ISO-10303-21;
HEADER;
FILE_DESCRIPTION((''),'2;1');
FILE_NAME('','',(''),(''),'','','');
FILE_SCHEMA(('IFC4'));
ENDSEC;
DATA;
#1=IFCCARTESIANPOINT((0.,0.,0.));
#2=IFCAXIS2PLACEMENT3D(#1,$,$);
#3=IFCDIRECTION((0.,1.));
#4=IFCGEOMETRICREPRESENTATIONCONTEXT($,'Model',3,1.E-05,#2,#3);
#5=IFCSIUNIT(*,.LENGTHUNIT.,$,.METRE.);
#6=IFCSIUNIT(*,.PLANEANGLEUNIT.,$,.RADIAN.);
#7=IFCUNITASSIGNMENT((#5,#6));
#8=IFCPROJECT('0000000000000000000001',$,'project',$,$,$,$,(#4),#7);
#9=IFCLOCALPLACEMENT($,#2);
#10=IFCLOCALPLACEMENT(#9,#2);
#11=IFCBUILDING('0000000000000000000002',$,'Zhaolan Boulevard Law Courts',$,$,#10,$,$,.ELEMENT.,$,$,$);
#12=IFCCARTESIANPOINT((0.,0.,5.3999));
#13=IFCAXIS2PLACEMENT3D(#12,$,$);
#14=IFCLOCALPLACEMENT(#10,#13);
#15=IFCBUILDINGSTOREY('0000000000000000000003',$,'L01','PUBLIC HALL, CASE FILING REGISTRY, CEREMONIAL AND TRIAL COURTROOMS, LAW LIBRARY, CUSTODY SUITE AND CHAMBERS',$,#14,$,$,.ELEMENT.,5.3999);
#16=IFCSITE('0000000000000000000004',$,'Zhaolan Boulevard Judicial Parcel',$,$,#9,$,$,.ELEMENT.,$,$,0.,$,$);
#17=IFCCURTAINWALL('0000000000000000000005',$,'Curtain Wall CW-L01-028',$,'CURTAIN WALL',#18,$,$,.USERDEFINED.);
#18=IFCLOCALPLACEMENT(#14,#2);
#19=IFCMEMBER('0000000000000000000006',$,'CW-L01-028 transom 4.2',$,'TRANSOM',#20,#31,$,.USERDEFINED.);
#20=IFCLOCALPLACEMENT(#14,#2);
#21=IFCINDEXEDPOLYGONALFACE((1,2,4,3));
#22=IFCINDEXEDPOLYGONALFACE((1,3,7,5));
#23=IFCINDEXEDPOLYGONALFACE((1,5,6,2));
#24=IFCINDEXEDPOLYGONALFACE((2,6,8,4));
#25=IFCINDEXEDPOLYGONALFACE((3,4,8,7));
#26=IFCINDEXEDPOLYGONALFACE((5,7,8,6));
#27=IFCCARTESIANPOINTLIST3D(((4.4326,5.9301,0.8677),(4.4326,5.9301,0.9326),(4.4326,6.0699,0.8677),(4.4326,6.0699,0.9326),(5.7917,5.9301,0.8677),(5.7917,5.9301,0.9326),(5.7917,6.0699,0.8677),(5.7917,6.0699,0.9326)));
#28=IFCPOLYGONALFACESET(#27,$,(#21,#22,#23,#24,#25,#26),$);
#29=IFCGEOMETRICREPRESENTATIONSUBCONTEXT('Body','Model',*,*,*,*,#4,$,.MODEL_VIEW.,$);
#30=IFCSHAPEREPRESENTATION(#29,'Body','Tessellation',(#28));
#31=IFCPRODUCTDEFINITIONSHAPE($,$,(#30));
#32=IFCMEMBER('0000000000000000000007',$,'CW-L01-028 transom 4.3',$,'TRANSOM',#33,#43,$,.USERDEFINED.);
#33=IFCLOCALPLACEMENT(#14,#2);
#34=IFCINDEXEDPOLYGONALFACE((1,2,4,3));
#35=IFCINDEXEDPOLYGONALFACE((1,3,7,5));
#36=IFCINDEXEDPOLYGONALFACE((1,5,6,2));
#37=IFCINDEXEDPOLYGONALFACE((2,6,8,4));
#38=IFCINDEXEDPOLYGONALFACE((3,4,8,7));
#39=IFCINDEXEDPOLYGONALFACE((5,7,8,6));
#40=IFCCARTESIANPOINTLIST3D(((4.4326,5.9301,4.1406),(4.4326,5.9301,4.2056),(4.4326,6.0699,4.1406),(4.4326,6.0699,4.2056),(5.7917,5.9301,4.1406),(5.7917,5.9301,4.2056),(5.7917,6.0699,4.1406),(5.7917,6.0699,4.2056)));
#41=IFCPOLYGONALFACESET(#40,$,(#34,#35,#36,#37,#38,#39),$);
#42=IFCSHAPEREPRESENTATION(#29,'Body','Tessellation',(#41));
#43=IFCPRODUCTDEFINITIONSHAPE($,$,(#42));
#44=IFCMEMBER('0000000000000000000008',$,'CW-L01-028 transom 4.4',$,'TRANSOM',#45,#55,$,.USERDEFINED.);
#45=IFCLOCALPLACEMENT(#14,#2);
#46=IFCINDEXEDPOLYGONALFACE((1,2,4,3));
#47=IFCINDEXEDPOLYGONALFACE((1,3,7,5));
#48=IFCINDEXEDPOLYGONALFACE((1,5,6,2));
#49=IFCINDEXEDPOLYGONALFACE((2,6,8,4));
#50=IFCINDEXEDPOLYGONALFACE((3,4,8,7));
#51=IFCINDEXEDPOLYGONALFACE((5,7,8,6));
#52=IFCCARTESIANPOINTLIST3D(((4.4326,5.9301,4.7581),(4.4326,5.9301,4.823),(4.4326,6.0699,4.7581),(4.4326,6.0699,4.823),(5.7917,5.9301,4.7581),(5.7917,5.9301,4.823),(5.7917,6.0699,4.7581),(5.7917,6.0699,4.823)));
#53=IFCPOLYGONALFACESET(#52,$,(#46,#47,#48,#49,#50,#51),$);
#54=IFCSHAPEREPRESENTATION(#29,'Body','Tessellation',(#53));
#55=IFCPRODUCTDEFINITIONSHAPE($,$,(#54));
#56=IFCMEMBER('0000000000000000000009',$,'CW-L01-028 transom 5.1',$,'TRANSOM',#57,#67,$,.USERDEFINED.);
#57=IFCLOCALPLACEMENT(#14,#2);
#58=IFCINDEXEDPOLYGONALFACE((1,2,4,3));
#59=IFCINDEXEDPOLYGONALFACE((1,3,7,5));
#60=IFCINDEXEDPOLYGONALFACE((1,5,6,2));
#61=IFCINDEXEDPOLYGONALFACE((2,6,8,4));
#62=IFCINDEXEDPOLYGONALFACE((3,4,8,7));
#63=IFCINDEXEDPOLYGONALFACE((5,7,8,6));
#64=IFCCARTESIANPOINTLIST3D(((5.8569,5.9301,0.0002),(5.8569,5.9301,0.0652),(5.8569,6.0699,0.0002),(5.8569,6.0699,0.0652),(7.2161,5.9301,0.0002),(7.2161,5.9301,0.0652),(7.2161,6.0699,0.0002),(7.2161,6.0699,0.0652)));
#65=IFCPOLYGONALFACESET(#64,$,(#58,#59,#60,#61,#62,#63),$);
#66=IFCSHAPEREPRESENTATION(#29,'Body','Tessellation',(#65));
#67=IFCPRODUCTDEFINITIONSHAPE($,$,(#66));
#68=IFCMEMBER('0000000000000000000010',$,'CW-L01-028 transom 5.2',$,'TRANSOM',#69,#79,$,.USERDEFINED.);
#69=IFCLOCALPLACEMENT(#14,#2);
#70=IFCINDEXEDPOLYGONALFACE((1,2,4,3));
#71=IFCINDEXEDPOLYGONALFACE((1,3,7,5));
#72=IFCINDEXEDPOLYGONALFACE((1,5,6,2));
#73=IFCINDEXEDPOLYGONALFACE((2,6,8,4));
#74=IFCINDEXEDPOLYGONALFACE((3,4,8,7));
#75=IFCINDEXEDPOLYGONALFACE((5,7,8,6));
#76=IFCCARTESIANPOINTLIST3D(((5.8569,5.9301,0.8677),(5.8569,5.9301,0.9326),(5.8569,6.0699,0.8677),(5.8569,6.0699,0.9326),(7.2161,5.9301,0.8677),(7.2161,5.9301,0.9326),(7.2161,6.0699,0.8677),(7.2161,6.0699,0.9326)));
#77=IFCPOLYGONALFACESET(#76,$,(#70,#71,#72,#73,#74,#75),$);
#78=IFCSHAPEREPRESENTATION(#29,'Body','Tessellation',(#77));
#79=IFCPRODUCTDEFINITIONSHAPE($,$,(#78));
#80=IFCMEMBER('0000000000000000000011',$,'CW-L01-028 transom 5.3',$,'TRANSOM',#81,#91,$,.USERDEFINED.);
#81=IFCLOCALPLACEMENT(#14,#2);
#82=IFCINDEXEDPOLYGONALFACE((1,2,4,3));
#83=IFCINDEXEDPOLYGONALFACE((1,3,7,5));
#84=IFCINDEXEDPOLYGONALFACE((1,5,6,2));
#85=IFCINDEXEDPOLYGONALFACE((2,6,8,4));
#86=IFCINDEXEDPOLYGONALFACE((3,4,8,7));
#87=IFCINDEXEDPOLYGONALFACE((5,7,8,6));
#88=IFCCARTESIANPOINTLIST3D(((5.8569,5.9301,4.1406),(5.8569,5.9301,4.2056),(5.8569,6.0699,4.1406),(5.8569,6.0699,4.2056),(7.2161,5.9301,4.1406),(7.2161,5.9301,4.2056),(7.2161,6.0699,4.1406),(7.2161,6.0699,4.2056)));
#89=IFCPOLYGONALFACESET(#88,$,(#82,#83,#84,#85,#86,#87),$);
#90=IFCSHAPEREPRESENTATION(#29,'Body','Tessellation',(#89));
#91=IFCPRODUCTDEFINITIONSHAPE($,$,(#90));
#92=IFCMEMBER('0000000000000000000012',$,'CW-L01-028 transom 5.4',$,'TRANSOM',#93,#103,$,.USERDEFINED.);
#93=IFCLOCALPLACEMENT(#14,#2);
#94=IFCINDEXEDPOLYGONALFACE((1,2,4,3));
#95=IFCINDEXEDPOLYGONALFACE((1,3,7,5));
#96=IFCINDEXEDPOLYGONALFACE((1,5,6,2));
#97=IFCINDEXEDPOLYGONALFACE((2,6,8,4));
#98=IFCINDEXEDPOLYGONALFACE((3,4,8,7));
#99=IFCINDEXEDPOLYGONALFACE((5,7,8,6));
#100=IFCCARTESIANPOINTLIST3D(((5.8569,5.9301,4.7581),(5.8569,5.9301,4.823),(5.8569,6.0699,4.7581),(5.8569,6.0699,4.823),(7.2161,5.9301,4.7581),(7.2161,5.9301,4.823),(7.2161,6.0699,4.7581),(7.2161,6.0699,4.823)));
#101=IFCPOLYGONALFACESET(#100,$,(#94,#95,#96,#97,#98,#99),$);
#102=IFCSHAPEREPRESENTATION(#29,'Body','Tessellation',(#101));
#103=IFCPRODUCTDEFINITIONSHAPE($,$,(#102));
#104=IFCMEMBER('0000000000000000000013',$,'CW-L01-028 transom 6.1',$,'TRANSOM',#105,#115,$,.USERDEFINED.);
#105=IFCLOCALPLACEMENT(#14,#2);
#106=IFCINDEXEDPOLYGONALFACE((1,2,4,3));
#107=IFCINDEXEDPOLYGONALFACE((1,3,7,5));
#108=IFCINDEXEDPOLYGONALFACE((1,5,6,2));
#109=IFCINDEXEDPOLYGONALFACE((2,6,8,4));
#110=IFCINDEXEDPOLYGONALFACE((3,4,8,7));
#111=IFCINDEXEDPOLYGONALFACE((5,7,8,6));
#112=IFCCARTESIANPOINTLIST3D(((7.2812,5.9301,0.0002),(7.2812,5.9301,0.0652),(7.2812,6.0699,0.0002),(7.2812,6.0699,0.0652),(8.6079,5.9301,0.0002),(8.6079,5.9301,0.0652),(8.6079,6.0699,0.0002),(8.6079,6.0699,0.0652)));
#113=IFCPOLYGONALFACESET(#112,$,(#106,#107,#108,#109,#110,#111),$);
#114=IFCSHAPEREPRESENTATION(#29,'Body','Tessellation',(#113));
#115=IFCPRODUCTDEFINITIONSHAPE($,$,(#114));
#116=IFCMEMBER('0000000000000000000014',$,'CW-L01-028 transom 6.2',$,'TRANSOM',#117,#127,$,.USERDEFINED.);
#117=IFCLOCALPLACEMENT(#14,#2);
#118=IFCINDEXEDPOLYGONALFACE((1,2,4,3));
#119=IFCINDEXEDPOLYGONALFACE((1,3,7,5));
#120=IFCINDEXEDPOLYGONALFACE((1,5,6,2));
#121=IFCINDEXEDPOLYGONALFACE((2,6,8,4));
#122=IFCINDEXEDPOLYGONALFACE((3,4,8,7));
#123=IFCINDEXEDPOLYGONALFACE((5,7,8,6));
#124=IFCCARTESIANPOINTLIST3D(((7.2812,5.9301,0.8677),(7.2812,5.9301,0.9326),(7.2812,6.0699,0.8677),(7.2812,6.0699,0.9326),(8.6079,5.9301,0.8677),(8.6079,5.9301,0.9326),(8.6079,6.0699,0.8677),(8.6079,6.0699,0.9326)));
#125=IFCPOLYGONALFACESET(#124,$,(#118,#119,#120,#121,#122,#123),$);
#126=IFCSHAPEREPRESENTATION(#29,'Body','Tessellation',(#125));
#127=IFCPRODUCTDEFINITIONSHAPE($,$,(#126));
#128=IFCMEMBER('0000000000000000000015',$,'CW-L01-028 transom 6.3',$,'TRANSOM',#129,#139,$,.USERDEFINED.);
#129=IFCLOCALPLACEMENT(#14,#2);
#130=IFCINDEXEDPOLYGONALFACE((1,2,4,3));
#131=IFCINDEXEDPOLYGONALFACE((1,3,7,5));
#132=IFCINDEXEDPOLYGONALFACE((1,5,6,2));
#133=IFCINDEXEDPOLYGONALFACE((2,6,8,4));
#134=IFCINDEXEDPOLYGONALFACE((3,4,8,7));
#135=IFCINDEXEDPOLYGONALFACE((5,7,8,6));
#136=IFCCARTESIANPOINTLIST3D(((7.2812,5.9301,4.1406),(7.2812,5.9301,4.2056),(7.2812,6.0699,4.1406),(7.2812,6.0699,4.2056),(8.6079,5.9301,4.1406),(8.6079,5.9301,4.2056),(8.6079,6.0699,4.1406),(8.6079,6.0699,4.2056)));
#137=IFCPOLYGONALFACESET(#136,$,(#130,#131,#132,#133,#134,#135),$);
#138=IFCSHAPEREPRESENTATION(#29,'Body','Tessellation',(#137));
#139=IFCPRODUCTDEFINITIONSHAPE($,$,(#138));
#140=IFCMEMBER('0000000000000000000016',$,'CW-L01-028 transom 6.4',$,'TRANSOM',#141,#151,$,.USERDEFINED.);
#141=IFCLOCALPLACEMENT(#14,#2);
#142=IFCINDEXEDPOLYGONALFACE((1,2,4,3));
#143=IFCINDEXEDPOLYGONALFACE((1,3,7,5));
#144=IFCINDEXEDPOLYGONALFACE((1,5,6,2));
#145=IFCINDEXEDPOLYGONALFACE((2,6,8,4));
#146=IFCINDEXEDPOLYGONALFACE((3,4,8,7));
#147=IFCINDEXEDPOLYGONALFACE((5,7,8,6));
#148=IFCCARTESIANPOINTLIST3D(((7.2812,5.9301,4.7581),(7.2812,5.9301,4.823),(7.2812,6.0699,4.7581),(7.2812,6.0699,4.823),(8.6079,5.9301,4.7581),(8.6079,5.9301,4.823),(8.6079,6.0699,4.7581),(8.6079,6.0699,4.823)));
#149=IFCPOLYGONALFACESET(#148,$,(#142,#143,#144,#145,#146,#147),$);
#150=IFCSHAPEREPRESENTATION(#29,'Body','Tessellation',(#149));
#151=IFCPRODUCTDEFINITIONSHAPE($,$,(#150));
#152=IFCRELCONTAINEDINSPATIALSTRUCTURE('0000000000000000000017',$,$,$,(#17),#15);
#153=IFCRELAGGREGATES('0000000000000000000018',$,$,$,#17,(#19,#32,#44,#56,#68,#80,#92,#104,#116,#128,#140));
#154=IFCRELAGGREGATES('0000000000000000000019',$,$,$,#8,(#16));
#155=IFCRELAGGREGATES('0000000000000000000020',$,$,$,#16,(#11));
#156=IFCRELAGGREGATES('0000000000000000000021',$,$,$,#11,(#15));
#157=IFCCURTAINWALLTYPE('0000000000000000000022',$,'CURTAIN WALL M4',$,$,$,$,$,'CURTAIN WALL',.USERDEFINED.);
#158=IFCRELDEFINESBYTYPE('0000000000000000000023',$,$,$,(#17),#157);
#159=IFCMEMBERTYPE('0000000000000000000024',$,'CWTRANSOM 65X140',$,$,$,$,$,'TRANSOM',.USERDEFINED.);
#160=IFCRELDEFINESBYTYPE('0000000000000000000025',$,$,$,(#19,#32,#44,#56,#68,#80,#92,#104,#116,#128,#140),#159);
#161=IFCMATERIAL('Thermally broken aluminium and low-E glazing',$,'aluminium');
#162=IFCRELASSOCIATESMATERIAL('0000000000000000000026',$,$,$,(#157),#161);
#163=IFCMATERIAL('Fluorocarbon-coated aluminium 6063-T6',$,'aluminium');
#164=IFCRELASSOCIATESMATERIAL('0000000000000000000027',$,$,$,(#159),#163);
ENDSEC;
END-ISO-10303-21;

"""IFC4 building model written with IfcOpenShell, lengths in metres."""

from ifc_helpers import new_model, si_unit, direction, frame, origin, origin_2d, place, context, subcontext, project, spatial, rectangle, extrude, material, material_profile, profile_set, type_object, element, aggregate, save


model = new_model("IFC4")

# Units and contexts
model_context = context("Model", 3, precision=1e-05, world=origin(), true_north=direction((0.0, 1.0)))
body_context = subcontext(model_context, "Body", "Model", "MODEL_VIEW")
ifc_project = project(units=[si_unit("LENGTHUNIT", "METRE"), si_unit("PLANEANGLEUNIT", "RADIAN")], contexts=[model_context])

# Site, building, storey
site_placement = place(None, origin())
site = spatial("IfcSite", under=ifc_project, at=site_placement, Name="Zhaolan Boulevard Judicial Parcel", CompositionType="ELEMENT", RefElevation=0.0)
building_placement = place(site_placement, origin())
building = spatial("IfcBuilding", under=site, at=building_placement, Name="Zhaolan Boulevard Law Courts", CompositionType="ELEMENT")
storey_placement = place(building_placement, frame((0.0, 0.0, 5.3999)))
storey = spatial("IfcBuildingStorey", under=building, at=storey_placement, Name="L01", Description="PUBLIC HALL, CASE FILING REGISTRY, CEREMONIAL AND TRIAL COURTROOMS, LAW LIBRARY, CUSTODY SUITE AND CHAMBERS", CompositionType="ELEMENT", Elevation=5.3999)

# Curtain wall
ifc_material_1 = material(Name="Thermally broken aluminium and low-E glazing", Category="aluminium")
curtain_wall_type_1 = type_object("IfcCurtainWallType", Name="CURTAIN WALL M4", ElementType="CURTAIN WALL", PredefinedType="USERDEFINED", material=ifc_material_1)
curtain_wall_1_placement = place(storey_placement, origin())
curtain_wall_1 = element("IfcCurtainWall", 1, at=curtain_wall_1_placement, inside=storey, type_object=curtain_wall_type_1, Name="Curtain Wall CW-L01-028", ObjectType="CURTAIN WALL", PredefinedType="USERDEFINED")

# Members
ifc_material_2 = material(Name="Fluorocarbon-coated aluminium 6063-T6", Category="aluminium")
ifc_material_profile_1 = material_profile(ifc_material_2, rectangle(XDim=0.1399, YDim=0.0649, at=origin_2d()), Name="AL65x140")
ifc_profile_set_1 = profile_set([ifc_material_profile_1], Name="Fluorocarbon-coated aluminium 6063-T6")
member_type_1 = type_object("IfcMemberType", Name="CWTRANSOM 65X140", ElementType="TRANSOM", PredefinedType="USERDEFINED", material=ifc_profile_set_1)
member_1_placement = place(storey_placement, frame((4.4326, 6.0, 0.9001), z_axis=(1.0, 0.0, 0.0), x_axis=(0.0, 1.0, 0.0)))
member_1 = element("IfcMember", 2, at=member_1_placement, type_object=member_type_1, Name="CW-L01-028 transom 4.2", ObjectType="TRANSOM", PredefinedType="USERDEFINED", context=body_context, shape_type="SweptSolid", body=[
    extrude(rectangle(XDim=0.1399, YDim=0.0649, at=origin_2d()), origin(), (0.0, 0.0, 1.0), 1.3591),
])
member_2_placement = place(storey_placement, frame((4.4326, 6.0, 4.1731), z_axis=(1.0, 0.0, 0.0), x_axis=(0.0, 1.0, 0.0)))
member_2 = element("IfcMember", 3, at=member_2_placement, type_object=member_type_1, Name="CW-L01-028 transom 4.3", ObjectType="TRANSOM", PredefinedType="USERDEFINED", context=body_context, shape_type="SweptSolid", body=[
    extrude(rectangle(XDim=0.1399, YDim=0.0649, at=origin_2d()), origin(), (0.0, 0.0, 1.0), 1.3591),
])
member_3_placement = place(storey_placement, frame((4.4326, 6.0, 4.7905), z_axis=(1.0, 0.0, 0.0), x_axis=(0.0, 1.0, 0.0)))
member_3 = element("IfcMember", 4, at=member_3_placement, type_object=member_type_1, Name="CW-L01-028 transom 4.4", ObjectType="TRANSOM", PredefinedType="USERDEFINED", context=body_context, shape_type="SweptSolid", body=[
    extrude(rectangle(XDim=0.1399, YDim=0.0649, at=origin_2d()), origin(), (0.0, 0.0, 1.0), 1.3591),
])
member_4_placement = place(storey_placement, frame((5.8569, 6.0, 0.0327), z_axis=(1.0, 0.0, 0.0), x_axis=(0.0, 1.0, 0.0)))
member_4 = element("IfcMember", 5, at=member_4_placement, type_object=member_type_1, Name="CW-L01-028 transom 5.1", ObjectType="TRANSOM", PredefinedType="USERDEFINED", context=body_context, shape_type="SweptSolid", body=[
    extrude(rectangle(XDim=0.1399, YDim=0.0649, at=origin_2d()), origin(), (0.0, 0.0, 1.0), 1.3591),
])
member_5_placement = place(storey_placement, frame((5.8569, 6.0, 0.9001), z_axis=(1.0, 0.0, 0.0), x_axis=(0.0, 1.0, 0.0)))
member_5 = element("IfcMember", 6, at=member_5_placement, type_object=member_type_1, Name="CW-L01-028 transom 5.2", ObjectType="TRANSOM", PredefinedType="USERDEFINED", context=body_context, shape_type="SweptSolid", body=[
    extrude(rectangle(XDim=0.1399, YDim=0.0649, at=origin_2d()), origin(), (0.0, 0.0, 1.0), 1.3591),
])
member_6_placement = place(storey_placement, frame((5.8569, 6.0, 4.1731), z_axis=(1.0, 0.0, 0.0), x_axis=(0.0, 1.0, 0.0)))
member_6 = element("IfcMember", 7, at=member_6_placement, type_object=member_type_1, Name="CW-L01-028 transom 5.3", ObjectType="TRANSOM", PredefinedType="USERDEFINED", context=body_context, shape_type="SweptSolid", body=[
    extrude(rectangle(XDim=0.1399, YDim=0.0649, at=origin_2d()), origin(), (0.0, 0.0, 1.0), 1.3591),
])
member_7_placement = place(storey_placement, frame((5.8569, 6.0, 4.7905), z_axis=(1.0, 0.0, 0.0), x_axis=(0.0, 1.0, 0.0)))
member_7 = element("IfcMember", 8, at=member_7_placement, type_object=member_type_1, Name="CW-L01-028 transom 5.4", ObjectType="TRANSOM", PredefinedType="USERDEFINED", context=body_context, shape_type="SweptSolid", body=[
    extrude(rectangle(XDim=0.1399, YDim=0.0649, at=origin_2d()), origin(), (0.0, 0.0, 1.0), 1.3591),
])
member_8_placement = place(storey_placement, frame((7.2812, 6.0, 0.0327), z_axis=(1.0, 0.0, 0.0), x_axis=(0.0, 1.0, 0.0)))
member_8 = element("IfcMember", 9, at=member_8_placement, type_object=member_type_1, Name="CW-L01-028 transom 6.1", ObjectType="TRANSOM", PredefinedType="USERDEFINED", context=body_context, shape_type="SweptSolid", body=[
    extrude(rectangle(XDim=0.1399, YDim=0.0649, at=origin_2d()), origin(), (0.0, 0.0, 1.0), 1.3267),
])
member_9_placement = place(storey_placement, frame((7.2812, 6.0, 0.9001), z_axis=(1.0, 0.0, 0.0), x_axis=(0.0, 1.0, 0.0)))
member_9 = element("IfcMember", 10, at=member_9_placement, type_object=member_type_1, Name="CW-L01-028 transom 6.2", ObjectType="TRANSOM", PredefinedType="USERDEFINED", context=body_context, shape_type="SweptSolid", body=[
    extrude(rectangle(XDim=0.1399, YDim=0.0649, at=origin_2d()), origin(), (0.0, 0.0, 1.0), 1.3267),
])
member_10_placement = place(storey_placement, frame((7.2812, 6.0, 4.1731), z_axis=(1.0, 0.0, 0.0), x_axis=(0.0, 1.0, 0.0)))
member_10 = element("IfcMember", 11, at=member_10_placement, type_object=member_type_1, Name="CW-L01-028 transom 6.3", ObjectType="TRANSOM", PredefinedType="USERDEFINED", context=body_context, shape_type="SweptSolid", body=[
    extrude(rectangle(XDim=0.1399, YDim=0.0649, at=origin_2d()), origin(), (0.0, 0.0, 1.0), 1.3267),
])
member_11_placement = place(storey_placement, frame((7.2812, 6.0, 4.7905), z_axis=(1.0, 0.0, 0.0), x_axis=(0.0, 1.0, 0.0)))
member_11 = element("IfcMember", 12, at=member_11_placement, type_object=member_type_1, Name="CW-L01-028 transom 6.4", ObjectType="TRANSOM", PredefinedType="USERDEFINED", context=body_context, shape_type="SweptSolid", body=[
    extrude(rectangle(XDim=0.1399, YDim=0.0649, at=origin_2d()), origin(), (0.0, 0.0, 1.0), 1.3267),
])

aggregate(curtain_wall_1, [member_1, member_2, member_3, member_4, member_5, member_6, member_7, member_8, member_9, member_10, member_11])

save(model, "model.ifc")
